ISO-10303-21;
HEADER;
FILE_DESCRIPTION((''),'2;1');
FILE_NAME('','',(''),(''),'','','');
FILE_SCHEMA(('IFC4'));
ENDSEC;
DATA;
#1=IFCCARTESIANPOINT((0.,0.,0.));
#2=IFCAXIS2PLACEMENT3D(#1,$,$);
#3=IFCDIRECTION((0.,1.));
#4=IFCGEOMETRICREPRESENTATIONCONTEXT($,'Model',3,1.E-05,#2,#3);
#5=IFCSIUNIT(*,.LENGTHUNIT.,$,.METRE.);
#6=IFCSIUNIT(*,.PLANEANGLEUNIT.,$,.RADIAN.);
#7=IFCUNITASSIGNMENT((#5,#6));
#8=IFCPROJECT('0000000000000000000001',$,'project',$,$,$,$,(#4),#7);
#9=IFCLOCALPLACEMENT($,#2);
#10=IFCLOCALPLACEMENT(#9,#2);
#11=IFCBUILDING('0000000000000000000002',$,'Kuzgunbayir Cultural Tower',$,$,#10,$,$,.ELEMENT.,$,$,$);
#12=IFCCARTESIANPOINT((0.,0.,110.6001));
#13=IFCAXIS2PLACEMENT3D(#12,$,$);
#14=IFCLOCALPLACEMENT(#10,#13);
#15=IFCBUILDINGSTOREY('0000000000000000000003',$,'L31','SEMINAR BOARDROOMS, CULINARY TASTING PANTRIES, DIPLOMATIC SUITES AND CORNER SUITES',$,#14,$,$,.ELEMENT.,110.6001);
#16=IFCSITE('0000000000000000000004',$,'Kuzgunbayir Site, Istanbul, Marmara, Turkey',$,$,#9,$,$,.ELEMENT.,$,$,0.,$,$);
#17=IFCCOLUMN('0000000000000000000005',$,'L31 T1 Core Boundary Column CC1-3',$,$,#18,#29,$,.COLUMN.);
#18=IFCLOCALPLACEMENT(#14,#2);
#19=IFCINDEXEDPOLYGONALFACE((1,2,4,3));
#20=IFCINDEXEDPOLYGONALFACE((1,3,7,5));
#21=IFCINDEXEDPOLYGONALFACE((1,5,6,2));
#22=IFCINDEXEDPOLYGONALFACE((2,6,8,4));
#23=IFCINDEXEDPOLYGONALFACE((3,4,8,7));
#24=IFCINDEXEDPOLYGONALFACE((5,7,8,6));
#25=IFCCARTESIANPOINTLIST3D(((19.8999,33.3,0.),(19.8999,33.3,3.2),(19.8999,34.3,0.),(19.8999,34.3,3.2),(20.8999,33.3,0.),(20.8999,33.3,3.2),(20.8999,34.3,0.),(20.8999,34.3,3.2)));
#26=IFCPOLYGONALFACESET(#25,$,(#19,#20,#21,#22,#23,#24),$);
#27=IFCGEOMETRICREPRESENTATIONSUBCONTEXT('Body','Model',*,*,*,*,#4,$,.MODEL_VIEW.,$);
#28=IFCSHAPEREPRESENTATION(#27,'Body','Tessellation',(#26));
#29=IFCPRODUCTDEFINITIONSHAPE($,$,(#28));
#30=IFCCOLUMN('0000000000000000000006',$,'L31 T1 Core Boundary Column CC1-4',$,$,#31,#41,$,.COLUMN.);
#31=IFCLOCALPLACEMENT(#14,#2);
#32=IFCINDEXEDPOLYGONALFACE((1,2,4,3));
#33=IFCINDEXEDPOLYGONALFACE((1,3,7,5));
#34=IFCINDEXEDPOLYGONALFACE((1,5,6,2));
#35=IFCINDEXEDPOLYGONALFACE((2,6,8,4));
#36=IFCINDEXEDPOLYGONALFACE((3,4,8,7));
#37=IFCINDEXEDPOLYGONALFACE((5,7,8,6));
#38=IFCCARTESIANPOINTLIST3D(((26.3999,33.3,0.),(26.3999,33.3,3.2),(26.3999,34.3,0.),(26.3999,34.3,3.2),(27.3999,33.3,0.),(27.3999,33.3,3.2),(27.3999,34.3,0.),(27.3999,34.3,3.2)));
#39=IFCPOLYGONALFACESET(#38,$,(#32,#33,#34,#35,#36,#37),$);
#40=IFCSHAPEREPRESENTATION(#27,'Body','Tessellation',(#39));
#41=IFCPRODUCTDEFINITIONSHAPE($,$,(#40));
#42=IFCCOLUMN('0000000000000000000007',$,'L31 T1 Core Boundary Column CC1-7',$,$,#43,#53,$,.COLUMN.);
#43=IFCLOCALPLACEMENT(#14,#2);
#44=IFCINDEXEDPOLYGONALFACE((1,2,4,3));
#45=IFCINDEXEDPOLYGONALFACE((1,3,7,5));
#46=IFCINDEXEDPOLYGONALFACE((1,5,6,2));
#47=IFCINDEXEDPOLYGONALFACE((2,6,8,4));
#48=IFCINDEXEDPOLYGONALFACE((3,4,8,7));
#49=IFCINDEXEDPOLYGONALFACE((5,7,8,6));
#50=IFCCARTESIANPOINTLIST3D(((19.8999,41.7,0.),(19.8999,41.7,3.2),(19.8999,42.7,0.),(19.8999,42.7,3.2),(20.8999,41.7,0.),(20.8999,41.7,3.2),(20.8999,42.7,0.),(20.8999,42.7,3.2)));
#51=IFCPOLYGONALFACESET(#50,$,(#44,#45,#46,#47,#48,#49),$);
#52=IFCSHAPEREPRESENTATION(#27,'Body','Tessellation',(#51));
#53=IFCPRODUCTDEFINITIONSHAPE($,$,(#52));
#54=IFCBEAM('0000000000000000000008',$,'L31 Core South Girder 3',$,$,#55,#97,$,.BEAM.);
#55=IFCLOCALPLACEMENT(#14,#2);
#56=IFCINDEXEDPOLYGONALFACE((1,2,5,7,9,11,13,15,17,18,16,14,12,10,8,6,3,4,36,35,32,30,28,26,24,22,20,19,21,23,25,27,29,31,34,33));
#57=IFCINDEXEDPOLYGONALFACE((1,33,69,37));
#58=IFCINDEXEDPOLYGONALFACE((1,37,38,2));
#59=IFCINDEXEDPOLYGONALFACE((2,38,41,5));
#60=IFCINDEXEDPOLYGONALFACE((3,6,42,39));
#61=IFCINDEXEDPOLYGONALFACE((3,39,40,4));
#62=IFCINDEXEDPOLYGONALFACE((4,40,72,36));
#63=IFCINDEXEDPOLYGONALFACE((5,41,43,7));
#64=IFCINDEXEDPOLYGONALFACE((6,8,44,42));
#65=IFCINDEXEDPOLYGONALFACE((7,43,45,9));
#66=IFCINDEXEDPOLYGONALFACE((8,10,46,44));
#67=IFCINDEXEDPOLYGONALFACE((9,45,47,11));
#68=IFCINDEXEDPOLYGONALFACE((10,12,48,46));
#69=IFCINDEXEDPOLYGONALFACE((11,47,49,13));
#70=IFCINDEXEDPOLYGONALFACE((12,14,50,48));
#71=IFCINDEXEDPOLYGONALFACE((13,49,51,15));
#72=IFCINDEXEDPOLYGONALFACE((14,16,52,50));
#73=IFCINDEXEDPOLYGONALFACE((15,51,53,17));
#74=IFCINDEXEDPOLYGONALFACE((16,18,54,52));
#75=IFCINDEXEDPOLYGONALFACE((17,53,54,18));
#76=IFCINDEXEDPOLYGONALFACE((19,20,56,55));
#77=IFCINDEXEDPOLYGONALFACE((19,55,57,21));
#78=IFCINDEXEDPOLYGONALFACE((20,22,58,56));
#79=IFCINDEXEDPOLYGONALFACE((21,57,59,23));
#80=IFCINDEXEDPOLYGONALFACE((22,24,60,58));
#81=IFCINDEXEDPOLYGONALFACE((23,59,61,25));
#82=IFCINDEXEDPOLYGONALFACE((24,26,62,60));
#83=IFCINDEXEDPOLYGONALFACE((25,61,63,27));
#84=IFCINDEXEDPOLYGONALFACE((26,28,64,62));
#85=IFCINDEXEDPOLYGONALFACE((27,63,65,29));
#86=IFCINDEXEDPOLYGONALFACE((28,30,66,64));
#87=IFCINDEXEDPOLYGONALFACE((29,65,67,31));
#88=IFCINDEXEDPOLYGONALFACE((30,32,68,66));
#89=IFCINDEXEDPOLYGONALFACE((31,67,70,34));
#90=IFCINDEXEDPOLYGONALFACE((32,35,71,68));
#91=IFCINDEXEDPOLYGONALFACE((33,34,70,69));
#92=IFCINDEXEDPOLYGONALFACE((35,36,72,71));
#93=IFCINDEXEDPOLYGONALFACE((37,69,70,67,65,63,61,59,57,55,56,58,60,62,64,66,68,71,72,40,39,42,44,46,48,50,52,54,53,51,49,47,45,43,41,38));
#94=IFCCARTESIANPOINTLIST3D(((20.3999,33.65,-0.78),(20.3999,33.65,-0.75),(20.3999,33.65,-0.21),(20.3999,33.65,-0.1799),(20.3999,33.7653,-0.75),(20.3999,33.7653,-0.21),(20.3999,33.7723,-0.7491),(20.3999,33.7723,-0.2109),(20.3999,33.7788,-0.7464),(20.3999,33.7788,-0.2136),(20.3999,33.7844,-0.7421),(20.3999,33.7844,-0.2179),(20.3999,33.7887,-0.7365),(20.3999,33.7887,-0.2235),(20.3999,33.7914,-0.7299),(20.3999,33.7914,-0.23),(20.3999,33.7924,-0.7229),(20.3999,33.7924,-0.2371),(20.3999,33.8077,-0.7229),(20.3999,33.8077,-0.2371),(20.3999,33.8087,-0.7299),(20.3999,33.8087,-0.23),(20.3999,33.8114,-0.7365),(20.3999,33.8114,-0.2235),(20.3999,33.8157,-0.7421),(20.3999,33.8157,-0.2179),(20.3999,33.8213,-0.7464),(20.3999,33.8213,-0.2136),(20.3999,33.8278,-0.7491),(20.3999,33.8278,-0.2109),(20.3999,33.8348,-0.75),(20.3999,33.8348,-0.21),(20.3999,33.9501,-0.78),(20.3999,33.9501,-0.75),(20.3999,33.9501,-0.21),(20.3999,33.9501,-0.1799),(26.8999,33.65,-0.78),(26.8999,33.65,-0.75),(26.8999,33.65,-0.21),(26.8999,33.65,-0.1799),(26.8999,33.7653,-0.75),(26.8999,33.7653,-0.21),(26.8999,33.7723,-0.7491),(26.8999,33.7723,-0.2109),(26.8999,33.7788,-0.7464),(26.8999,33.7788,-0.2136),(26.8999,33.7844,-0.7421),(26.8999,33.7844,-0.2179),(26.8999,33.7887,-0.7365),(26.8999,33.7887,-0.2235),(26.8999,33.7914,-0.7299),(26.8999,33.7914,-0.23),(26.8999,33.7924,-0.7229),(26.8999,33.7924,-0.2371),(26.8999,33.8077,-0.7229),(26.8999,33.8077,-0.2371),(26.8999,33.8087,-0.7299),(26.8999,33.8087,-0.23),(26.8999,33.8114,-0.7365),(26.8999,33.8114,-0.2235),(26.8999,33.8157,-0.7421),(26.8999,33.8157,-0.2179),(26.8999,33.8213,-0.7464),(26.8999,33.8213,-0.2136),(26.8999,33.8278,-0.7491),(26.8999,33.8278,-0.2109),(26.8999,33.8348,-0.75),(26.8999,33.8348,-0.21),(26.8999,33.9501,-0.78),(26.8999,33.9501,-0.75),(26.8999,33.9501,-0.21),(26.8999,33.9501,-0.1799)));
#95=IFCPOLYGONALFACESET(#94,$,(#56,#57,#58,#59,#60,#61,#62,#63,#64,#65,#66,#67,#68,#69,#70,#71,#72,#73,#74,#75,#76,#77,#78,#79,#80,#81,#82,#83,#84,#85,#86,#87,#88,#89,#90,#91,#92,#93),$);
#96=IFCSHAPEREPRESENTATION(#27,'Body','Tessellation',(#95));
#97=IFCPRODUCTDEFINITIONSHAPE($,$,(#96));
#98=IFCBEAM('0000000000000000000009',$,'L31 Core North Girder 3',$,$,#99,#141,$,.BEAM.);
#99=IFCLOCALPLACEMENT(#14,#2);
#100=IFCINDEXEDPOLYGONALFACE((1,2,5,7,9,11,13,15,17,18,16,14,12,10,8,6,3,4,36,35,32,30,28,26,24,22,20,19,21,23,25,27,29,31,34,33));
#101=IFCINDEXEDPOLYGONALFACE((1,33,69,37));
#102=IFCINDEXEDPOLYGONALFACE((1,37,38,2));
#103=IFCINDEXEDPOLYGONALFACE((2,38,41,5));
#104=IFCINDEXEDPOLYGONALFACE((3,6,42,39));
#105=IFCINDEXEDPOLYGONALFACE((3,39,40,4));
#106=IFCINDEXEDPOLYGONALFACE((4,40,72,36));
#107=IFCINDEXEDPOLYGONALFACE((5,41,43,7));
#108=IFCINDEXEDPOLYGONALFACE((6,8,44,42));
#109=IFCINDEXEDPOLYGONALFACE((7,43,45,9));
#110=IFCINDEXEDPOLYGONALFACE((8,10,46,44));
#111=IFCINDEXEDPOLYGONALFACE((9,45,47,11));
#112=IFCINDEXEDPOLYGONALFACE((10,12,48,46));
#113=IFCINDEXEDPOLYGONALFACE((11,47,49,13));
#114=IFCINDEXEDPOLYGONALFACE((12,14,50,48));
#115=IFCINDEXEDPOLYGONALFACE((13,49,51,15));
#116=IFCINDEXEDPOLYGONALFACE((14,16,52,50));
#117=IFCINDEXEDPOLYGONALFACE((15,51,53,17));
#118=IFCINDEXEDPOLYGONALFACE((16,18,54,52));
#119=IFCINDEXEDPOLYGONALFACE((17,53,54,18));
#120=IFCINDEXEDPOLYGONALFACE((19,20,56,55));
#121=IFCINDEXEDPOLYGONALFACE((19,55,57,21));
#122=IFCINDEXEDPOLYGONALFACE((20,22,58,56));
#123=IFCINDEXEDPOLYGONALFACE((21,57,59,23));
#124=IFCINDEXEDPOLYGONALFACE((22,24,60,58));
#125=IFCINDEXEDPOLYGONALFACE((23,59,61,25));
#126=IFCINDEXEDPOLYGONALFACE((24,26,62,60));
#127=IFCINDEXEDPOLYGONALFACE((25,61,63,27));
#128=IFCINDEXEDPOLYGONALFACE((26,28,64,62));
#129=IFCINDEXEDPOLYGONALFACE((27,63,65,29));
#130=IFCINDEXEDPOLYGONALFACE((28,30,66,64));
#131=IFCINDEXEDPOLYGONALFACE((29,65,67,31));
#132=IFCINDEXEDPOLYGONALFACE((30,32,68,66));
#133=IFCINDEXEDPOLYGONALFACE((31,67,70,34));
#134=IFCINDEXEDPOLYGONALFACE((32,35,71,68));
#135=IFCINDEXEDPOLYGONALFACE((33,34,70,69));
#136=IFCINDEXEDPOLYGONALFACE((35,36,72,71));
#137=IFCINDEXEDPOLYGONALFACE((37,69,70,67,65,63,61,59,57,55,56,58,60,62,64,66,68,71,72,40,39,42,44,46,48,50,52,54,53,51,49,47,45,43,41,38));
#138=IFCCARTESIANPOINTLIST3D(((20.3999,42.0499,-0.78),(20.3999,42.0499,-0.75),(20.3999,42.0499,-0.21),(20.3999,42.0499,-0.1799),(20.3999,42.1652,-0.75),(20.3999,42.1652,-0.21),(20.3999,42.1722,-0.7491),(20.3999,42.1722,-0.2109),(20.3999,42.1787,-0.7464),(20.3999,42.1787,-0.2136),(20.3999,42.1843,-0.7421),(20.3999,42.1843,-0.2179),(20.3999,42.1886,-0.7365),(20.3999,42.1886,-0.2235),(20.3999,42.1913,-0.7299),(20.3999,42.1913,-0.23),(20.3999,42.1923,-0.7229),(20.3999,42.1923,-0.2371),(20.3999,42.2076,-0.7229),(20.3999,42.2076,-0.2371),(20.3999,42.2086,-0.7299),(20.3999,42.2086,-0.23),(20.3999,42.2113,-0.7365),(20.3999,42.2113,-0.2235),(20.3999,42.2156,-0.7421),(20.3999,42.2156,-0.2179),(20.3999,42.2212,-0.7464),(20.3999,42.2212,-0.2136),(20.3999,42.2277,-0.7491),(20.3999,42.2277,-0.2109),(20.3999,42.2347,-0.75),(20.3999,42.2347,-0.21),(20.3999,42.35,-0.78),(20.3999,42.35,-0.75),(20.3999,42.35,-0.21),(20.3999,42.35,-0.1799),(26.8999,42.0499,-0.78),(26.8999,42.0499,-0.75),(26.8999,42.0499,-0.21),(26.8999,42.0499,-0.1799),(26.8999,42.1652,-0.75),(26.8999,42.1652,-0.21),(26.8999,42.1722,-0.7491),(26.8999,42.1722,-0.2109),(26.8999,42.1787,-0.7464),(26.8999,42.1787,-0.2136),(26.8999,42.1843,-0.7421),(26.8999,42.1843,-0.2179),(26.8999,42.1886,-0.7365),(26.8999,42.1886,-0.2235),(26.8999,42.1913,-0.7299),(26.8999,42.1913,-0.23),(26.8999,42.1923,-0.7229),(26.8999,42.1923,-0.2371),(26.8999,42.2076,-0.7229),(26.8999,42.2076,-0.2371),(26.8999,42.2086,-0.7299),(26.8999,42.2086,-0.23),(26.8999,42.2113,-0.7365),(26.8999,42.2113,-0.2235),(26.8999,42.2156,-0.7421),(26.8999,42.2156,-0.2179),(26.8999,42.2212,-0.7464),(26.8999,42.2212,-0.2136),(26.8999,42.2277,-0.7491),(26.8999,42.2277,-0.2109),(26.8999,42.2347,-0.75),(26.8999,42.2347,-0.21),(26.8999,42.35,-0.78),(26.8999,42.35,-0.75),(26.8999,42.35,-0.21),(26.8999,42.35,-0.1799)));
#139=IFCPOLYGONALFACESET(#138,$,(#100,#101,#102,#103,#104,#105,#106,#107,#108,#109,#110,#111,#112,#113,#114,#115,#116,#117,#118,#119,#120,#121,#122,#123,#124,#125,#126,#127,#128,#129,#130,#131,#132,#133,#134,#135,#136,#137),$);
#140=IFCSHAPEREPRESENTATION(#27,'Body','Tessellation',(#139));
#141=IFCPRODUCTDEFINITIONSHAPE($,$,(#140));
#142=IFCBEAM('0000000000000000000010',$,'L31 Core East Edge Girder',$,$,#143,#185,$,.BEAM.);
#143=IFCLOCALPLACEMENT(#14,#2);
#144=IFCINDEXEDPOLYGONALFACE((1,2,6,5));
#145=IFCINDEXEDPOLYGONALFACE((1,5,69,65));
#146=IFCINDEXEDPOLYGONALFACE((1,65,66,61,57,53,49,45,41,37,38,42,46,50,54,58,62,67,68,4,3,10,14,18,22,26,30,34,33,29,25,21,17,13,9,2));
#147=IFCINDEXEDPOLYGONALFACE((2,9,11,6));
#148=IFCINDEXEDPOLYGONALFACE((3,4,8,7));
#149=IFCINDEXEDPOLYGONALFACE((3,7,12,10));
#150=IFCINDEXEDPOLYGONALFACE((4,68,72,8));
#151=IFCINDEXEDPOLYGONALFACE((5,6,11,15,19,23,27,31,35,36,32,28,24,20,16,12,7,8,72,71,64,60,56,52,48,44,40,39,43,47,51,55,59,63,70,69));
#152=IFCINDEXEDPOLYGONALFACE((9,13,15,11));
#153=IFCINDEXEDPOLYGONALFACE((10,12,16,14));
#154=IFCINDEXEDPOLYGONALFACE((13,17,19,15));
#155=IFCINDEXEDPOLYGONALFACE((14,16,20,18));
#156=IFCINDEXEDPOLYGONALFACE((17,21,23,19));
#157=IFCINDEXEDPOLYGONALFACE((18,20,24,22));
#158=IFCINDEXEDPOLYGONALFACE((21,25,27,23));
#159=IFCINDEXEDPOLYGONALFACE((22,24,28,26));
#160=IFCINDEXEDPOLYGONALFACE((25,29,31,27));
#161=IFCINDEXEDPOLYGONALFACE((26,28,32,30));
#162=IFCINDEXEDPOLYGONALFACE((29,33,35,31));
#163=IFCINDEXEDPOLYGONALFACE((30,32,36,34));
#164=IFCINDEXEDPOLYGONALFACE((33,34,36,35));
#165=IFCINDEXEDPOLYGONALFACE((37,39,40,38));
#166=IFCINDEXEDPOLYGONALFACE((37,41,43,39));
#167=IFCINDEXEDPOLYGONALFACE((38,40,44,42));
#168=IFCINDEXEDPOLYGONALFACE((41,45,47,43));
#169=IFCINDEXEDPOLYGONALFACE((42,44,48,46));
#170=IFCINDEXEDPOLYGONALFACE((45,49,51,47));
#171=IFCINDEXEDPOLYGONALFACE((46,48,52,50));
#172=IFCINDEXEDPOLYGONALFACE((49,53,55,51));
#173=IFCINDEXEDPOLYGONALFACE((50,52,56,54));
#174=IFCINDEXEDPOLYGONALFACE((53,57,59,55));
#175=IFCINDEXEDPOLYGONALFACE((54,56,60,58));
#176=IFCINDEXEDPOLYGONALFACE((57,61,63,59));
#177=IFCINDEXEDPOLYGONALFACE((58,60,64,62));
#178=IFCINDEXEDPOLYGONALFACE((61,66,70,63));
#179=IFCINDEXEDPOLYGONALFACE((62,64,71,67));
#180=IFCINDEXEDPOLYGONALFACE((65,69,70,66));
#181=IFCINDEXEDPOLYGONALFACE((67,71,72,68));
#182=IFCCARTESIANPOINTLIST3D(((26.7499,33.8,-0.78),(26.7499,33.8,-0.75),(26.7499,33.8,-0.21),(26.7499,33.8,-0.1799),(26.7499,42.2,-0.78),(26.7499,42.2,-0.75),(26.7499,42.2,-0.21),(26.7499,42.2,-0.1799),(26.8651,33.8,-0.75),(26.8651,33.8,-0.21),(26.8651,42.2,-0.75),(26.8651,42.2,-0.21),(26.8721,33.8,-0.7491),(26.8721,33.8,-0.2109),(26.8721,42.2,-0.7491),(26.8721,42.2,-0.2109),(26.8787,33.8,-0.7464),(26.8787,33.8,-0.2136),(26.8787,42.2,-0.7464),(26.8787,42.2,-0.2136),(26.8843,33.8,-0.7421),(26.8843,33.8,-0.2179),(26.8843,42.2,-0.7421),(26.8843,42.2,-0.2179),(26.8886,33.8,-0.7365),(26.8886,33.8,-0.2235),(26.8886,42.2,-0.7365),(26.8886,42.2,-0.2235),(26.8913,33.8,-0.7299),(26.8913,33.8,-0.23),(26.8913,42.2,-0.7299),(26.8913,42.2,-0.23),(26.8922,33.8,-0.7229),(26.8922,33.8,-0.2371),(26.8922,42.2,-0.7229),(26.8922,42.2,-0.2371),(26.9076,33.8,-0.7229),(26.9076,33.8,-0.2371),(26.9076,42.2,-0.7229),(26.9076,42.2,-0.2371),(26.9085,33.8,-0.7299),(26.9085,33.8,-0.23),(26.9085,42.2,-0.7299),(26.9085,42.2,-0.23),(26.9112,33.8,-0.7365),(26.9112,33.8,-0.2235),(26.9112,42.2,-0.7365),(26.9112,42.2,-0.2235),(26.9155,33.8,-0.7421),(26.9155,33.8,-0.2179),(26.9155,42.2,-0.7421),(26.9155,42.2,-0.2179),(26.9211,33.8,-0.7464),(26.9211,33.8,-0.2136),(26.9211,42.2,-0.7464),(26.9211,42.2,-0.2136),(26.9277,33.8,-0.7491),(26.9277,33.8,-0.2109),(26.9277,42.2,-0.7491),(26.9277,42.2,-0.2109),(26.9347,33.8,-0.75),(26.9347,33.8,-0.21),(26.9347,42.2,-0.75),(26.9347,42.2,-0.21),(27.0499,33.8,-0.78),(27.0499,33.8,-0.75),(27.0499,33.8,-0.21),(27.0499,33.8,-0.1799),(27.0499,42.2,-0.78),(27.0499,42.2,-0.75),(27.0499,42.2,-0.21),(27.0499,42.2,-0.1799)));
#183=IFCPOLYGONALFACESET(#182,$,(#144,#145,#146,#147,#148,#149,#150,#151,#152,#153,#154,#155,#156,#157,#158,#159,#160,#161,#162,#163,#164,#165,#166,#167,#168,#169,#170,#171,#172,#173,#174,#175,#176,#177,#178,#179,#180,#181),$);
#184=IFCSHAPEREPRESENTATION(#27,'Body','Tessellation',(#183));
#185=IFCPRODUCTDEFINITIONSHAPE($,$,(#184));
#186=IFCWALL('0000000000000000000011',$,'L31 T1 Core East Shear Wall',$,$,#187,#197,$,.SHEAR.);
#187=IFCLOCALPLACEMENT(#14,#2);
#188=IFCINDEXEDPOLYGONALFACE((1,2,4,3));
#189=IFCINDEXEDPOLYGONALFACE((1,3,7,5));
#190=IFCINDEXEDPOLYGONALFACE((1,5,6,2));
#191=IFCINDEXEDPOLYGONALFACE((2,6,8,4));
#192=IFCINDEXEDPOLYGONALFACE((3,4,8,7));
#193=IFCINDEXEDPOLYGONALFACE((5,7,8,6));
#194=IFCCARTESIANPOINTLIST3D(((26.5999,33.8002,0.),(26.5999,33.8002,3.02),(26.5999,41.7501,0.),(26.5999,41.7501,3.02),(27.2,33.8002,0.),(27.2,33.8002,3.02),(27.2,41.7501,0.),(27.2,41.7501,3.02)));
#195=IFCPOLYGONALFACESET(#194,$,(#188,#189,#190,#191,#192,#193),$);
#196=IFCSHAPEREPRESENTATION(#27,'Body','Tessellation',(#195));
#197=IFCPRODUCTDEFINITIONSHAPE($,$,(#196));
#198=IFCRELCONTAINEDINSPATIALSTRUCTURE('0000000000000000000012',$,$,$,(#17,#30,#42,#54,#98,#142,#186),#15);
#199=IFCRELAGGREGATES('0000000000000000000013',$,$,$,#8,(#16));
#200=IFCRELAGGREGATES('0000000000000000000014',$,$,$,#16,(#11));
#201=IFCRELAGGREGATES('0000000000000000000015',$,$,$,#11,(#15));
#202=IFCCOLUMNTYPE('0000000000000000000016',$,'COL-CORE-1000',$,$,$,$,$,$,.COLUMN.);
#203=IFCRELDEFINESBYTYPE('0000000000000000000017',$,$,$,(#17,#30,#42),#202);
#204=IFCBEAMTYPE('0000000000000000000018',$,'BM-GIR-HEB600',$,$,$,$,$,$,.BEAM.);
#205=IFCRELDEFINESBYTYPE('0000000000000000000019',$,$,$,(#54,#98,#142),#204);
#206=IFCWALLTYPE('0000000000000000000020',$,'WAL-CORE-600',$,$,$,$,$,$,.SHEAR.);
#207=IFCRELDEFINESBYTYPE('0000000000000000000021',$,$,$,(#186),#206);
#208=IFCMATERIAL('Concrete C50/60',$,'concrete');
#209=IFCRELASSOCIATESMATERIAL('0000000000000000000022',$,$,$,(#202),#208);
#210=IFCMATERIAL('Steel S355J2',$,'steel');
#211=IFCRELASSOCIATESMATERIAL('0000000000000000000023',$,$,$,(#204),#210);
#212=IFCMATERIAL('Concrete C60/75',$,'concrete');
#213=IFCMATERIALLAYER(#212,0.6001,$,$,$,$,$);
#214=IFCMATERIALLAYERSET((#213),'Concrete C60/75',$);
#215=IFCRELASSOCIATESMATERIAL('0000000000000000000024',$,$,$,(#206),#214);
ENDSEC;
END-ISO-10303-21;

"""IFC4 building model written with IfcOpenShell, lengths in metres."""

from ifc_helpers import new_model, si_unit, direction, frame, frame_2d, origin, origin_2d, place, context, subcontext, project, spatial, rectangle, i_section, extrude, material, layer, layer_set, material_profile, profile_set, type_object, element, save


model = new_model("IFC4")

# Units and contexts
model_context = context("Model", 3, precision=1e-05, world=origin(), true_north=direction((0.0, 1.0)))
body_context = subcontext(model_context, "Body", "Model", "MODEL_VIEW")
ifc_project = project(units=[si_unit("LENGTHUNIT", "METRE"), si_unit("PLANEANGLEUNIT", "RADIAN")], contexts=[model_context])

# Site, building, storey
site_placement = place(None, origin())
site = spatial("IfcSite", under=ifc_project, at=site_placement, Name="Kuzgunbayir Site, Istanbul, Marmara, Turkey", CompositionType="ELEMENT", RefElevation=0.0)
building_placement = place(site_placement, origin())
building = spatial("IfcBuilding", under=site, at=building_placement, Name="Kuzgunbayir Cultural Tower", CompositionType="ELEMENT")
storey_placement = place(building_placement, frame((0.0, 0.0, 110.6001)))
storey = spatial("IfcBuildingStorey", under=building, at=storey_placement, Name="L31", Description="SEMINAR BOARDROOMS, CULINARY TASTING PANTRIES, DIPLOMATIC SUITES AND CORNER SUITES", CompositionType="ELEMENT", Elevation=110.6001)

# Columns
ifc_material_1 = material(Name="Concrete C50/60", Category="concrete")
ifc_material_profile_1 = material_profile(ifc_material_1, rectangle(XDim=1.0, YDim=1.0, at=origin_2d()), Name="RC 1000x1000")
ifc_profile_set_1 = profile_set([ifc_material_profile_1], Name="Concrete C50/60")
column_type = type_object("IfcColumnType", Name="COL-CORE-1000", PredefinedType="COLUMN", material=ifc_profile_set_1)
for number, where, z_axis, x_axis, name in (
    (1, (20.3999, 33.8, 0.0), (0.0, 0.0, 1.0), (1.0, 0.0, 0.0), "L31 T1 Core Boundary Column CC1-3"),
    (2, (26.8999, 33.8, 0.0), (0.0, 0.0, 1.0), (1.0, 0.0, 0.0), "L31 T1 Core Boundary Column CC1-4"),
    (3, (20.3999, 42.2, 0.0), (0.0, 0.0, 1.0), (1.0, 0.0, 0.0), "L31 T1 Core Boundary Column CC1-7"),
):
    element("IfcColumn", number, at=place(storey_placement, frame(where, z_axis=z_axis, x_axis=x_axis)), inside=storey, type_object=column_type, Name=name, PredefinedType="COLUMN", context=body_context, shape_type="SweptSolid", body=[
        extrude(rectangle(XDim=1.0, YDim=1.0, at=origin_2d()), origin(), (0.0, 0.0, 1.0), 3.2),
    ])

# Beams
ifc_material_2 = material(Name="Steel S355J2", Category="steel")
ifc_material_profile_2 = material_profile(ifc_material_2, i_section(OverallWidth=0.3, OverallDepth=0.6001, WebThickness=0.0154, FlangeThickness=0.03, FilletRadius=0.0271, at=origin_2d()), Name="HEB 600")
ifc_profile_set_2 = profile_set([ifc_material_profile_2], Name="Steel S355J2")
beam_type = type_object("IfcBeamType", Name="BM-GIR-HEB600", PredefinedType="BEAM", material=ifc_profile_set_2)
for number, where, z_axis, x_axis, name in (
    (4, (20.3999, 33.8, -0.48), (1.0, 0.0, 0.0), (0.0, 1.0, 0.0), "L31 Core South Girder 3"),
    (5, (20.3999, 42.2, -0.48), (1.0, 0.0, 0.0), (0.0, 1.0, 0.0), "L31 Core North Girder 3"),
):
    element("IfcBeam", number, at=place(storey_placement, frame(where, z_axis=z_axis, x_axis=x_axis)), inside=storey, type_object=beam_type, Name=name, PredefinedType="BEAM", context=body_context, shape_type="SweptSolid", body=[
        extrude(i_section(OverallWidth=0.3, OverallDepth=0.6001, WebThickness=0.0154, FlangeThickness=0.03, FilletRadius=0.0271, at=origin_2d()), origin(), (0.0, 0.0, 1.0), 6.5),
    ])
beam_placement = place(storey_placement, frame((26.8999, 33.8, -0.48), z_axis=(0.0, 1.0, 0.0), x_axis=(-1.0, 0.0, 0.0)))
element("IfcBeam", 6, at=beam_placement, inside=storey, type_object=beam_type, Name="L31 Core East Edge Girder", PredefinedType="BEAM", context=body_context, shape_type="SweptSolid", body=[
    extrude(i_section(OverallWidth=0.3, OverallDepth=0.6001, WebThickness=0.0154, FlangeThickness=0.03, FilletRadius=0.0271, at=origin_2d()), origin(), (0.0, 0.0, 1.0), 8.3999),
])

# Wall
ifc_material_3 = material(Name="Concrete C60/75", Category="concrete")
ifc_layer_1 = layer(ifc_material_3, 0.6001)
ifc_layer_set_1 = layer_set([ifc_layer_1], Name="Concrete C60/75")
wall_type_1 = type_object("IfcWallType", Name="WAL-CORE-600", PredefinedType="SHEAR", material=ifc_layer_set_1)
wall_1_placement = place(storey_placement, frame((26.8999, 33.8, 0.0), z_axis=(0.0, 0.0, 1.0), x_axis=(0.0, 1.0, 0.0)))
element("IfcWall", 7, at=wall_1_placement, inside=storey, type_object=wall_type_1, Name="L31 T1 Core East Shear Wall", PredefinedType="SHEAR", context=body_context, shape_type="SweptSolid", body=[
    extrude(rectangle(XDim=7.95, YDim=0.6001, at=frame_2d((3.9751, 0.0))), origin(), (0.0, 0.0, 1.0), 3.02),
])

save(model, "model.ifc")
